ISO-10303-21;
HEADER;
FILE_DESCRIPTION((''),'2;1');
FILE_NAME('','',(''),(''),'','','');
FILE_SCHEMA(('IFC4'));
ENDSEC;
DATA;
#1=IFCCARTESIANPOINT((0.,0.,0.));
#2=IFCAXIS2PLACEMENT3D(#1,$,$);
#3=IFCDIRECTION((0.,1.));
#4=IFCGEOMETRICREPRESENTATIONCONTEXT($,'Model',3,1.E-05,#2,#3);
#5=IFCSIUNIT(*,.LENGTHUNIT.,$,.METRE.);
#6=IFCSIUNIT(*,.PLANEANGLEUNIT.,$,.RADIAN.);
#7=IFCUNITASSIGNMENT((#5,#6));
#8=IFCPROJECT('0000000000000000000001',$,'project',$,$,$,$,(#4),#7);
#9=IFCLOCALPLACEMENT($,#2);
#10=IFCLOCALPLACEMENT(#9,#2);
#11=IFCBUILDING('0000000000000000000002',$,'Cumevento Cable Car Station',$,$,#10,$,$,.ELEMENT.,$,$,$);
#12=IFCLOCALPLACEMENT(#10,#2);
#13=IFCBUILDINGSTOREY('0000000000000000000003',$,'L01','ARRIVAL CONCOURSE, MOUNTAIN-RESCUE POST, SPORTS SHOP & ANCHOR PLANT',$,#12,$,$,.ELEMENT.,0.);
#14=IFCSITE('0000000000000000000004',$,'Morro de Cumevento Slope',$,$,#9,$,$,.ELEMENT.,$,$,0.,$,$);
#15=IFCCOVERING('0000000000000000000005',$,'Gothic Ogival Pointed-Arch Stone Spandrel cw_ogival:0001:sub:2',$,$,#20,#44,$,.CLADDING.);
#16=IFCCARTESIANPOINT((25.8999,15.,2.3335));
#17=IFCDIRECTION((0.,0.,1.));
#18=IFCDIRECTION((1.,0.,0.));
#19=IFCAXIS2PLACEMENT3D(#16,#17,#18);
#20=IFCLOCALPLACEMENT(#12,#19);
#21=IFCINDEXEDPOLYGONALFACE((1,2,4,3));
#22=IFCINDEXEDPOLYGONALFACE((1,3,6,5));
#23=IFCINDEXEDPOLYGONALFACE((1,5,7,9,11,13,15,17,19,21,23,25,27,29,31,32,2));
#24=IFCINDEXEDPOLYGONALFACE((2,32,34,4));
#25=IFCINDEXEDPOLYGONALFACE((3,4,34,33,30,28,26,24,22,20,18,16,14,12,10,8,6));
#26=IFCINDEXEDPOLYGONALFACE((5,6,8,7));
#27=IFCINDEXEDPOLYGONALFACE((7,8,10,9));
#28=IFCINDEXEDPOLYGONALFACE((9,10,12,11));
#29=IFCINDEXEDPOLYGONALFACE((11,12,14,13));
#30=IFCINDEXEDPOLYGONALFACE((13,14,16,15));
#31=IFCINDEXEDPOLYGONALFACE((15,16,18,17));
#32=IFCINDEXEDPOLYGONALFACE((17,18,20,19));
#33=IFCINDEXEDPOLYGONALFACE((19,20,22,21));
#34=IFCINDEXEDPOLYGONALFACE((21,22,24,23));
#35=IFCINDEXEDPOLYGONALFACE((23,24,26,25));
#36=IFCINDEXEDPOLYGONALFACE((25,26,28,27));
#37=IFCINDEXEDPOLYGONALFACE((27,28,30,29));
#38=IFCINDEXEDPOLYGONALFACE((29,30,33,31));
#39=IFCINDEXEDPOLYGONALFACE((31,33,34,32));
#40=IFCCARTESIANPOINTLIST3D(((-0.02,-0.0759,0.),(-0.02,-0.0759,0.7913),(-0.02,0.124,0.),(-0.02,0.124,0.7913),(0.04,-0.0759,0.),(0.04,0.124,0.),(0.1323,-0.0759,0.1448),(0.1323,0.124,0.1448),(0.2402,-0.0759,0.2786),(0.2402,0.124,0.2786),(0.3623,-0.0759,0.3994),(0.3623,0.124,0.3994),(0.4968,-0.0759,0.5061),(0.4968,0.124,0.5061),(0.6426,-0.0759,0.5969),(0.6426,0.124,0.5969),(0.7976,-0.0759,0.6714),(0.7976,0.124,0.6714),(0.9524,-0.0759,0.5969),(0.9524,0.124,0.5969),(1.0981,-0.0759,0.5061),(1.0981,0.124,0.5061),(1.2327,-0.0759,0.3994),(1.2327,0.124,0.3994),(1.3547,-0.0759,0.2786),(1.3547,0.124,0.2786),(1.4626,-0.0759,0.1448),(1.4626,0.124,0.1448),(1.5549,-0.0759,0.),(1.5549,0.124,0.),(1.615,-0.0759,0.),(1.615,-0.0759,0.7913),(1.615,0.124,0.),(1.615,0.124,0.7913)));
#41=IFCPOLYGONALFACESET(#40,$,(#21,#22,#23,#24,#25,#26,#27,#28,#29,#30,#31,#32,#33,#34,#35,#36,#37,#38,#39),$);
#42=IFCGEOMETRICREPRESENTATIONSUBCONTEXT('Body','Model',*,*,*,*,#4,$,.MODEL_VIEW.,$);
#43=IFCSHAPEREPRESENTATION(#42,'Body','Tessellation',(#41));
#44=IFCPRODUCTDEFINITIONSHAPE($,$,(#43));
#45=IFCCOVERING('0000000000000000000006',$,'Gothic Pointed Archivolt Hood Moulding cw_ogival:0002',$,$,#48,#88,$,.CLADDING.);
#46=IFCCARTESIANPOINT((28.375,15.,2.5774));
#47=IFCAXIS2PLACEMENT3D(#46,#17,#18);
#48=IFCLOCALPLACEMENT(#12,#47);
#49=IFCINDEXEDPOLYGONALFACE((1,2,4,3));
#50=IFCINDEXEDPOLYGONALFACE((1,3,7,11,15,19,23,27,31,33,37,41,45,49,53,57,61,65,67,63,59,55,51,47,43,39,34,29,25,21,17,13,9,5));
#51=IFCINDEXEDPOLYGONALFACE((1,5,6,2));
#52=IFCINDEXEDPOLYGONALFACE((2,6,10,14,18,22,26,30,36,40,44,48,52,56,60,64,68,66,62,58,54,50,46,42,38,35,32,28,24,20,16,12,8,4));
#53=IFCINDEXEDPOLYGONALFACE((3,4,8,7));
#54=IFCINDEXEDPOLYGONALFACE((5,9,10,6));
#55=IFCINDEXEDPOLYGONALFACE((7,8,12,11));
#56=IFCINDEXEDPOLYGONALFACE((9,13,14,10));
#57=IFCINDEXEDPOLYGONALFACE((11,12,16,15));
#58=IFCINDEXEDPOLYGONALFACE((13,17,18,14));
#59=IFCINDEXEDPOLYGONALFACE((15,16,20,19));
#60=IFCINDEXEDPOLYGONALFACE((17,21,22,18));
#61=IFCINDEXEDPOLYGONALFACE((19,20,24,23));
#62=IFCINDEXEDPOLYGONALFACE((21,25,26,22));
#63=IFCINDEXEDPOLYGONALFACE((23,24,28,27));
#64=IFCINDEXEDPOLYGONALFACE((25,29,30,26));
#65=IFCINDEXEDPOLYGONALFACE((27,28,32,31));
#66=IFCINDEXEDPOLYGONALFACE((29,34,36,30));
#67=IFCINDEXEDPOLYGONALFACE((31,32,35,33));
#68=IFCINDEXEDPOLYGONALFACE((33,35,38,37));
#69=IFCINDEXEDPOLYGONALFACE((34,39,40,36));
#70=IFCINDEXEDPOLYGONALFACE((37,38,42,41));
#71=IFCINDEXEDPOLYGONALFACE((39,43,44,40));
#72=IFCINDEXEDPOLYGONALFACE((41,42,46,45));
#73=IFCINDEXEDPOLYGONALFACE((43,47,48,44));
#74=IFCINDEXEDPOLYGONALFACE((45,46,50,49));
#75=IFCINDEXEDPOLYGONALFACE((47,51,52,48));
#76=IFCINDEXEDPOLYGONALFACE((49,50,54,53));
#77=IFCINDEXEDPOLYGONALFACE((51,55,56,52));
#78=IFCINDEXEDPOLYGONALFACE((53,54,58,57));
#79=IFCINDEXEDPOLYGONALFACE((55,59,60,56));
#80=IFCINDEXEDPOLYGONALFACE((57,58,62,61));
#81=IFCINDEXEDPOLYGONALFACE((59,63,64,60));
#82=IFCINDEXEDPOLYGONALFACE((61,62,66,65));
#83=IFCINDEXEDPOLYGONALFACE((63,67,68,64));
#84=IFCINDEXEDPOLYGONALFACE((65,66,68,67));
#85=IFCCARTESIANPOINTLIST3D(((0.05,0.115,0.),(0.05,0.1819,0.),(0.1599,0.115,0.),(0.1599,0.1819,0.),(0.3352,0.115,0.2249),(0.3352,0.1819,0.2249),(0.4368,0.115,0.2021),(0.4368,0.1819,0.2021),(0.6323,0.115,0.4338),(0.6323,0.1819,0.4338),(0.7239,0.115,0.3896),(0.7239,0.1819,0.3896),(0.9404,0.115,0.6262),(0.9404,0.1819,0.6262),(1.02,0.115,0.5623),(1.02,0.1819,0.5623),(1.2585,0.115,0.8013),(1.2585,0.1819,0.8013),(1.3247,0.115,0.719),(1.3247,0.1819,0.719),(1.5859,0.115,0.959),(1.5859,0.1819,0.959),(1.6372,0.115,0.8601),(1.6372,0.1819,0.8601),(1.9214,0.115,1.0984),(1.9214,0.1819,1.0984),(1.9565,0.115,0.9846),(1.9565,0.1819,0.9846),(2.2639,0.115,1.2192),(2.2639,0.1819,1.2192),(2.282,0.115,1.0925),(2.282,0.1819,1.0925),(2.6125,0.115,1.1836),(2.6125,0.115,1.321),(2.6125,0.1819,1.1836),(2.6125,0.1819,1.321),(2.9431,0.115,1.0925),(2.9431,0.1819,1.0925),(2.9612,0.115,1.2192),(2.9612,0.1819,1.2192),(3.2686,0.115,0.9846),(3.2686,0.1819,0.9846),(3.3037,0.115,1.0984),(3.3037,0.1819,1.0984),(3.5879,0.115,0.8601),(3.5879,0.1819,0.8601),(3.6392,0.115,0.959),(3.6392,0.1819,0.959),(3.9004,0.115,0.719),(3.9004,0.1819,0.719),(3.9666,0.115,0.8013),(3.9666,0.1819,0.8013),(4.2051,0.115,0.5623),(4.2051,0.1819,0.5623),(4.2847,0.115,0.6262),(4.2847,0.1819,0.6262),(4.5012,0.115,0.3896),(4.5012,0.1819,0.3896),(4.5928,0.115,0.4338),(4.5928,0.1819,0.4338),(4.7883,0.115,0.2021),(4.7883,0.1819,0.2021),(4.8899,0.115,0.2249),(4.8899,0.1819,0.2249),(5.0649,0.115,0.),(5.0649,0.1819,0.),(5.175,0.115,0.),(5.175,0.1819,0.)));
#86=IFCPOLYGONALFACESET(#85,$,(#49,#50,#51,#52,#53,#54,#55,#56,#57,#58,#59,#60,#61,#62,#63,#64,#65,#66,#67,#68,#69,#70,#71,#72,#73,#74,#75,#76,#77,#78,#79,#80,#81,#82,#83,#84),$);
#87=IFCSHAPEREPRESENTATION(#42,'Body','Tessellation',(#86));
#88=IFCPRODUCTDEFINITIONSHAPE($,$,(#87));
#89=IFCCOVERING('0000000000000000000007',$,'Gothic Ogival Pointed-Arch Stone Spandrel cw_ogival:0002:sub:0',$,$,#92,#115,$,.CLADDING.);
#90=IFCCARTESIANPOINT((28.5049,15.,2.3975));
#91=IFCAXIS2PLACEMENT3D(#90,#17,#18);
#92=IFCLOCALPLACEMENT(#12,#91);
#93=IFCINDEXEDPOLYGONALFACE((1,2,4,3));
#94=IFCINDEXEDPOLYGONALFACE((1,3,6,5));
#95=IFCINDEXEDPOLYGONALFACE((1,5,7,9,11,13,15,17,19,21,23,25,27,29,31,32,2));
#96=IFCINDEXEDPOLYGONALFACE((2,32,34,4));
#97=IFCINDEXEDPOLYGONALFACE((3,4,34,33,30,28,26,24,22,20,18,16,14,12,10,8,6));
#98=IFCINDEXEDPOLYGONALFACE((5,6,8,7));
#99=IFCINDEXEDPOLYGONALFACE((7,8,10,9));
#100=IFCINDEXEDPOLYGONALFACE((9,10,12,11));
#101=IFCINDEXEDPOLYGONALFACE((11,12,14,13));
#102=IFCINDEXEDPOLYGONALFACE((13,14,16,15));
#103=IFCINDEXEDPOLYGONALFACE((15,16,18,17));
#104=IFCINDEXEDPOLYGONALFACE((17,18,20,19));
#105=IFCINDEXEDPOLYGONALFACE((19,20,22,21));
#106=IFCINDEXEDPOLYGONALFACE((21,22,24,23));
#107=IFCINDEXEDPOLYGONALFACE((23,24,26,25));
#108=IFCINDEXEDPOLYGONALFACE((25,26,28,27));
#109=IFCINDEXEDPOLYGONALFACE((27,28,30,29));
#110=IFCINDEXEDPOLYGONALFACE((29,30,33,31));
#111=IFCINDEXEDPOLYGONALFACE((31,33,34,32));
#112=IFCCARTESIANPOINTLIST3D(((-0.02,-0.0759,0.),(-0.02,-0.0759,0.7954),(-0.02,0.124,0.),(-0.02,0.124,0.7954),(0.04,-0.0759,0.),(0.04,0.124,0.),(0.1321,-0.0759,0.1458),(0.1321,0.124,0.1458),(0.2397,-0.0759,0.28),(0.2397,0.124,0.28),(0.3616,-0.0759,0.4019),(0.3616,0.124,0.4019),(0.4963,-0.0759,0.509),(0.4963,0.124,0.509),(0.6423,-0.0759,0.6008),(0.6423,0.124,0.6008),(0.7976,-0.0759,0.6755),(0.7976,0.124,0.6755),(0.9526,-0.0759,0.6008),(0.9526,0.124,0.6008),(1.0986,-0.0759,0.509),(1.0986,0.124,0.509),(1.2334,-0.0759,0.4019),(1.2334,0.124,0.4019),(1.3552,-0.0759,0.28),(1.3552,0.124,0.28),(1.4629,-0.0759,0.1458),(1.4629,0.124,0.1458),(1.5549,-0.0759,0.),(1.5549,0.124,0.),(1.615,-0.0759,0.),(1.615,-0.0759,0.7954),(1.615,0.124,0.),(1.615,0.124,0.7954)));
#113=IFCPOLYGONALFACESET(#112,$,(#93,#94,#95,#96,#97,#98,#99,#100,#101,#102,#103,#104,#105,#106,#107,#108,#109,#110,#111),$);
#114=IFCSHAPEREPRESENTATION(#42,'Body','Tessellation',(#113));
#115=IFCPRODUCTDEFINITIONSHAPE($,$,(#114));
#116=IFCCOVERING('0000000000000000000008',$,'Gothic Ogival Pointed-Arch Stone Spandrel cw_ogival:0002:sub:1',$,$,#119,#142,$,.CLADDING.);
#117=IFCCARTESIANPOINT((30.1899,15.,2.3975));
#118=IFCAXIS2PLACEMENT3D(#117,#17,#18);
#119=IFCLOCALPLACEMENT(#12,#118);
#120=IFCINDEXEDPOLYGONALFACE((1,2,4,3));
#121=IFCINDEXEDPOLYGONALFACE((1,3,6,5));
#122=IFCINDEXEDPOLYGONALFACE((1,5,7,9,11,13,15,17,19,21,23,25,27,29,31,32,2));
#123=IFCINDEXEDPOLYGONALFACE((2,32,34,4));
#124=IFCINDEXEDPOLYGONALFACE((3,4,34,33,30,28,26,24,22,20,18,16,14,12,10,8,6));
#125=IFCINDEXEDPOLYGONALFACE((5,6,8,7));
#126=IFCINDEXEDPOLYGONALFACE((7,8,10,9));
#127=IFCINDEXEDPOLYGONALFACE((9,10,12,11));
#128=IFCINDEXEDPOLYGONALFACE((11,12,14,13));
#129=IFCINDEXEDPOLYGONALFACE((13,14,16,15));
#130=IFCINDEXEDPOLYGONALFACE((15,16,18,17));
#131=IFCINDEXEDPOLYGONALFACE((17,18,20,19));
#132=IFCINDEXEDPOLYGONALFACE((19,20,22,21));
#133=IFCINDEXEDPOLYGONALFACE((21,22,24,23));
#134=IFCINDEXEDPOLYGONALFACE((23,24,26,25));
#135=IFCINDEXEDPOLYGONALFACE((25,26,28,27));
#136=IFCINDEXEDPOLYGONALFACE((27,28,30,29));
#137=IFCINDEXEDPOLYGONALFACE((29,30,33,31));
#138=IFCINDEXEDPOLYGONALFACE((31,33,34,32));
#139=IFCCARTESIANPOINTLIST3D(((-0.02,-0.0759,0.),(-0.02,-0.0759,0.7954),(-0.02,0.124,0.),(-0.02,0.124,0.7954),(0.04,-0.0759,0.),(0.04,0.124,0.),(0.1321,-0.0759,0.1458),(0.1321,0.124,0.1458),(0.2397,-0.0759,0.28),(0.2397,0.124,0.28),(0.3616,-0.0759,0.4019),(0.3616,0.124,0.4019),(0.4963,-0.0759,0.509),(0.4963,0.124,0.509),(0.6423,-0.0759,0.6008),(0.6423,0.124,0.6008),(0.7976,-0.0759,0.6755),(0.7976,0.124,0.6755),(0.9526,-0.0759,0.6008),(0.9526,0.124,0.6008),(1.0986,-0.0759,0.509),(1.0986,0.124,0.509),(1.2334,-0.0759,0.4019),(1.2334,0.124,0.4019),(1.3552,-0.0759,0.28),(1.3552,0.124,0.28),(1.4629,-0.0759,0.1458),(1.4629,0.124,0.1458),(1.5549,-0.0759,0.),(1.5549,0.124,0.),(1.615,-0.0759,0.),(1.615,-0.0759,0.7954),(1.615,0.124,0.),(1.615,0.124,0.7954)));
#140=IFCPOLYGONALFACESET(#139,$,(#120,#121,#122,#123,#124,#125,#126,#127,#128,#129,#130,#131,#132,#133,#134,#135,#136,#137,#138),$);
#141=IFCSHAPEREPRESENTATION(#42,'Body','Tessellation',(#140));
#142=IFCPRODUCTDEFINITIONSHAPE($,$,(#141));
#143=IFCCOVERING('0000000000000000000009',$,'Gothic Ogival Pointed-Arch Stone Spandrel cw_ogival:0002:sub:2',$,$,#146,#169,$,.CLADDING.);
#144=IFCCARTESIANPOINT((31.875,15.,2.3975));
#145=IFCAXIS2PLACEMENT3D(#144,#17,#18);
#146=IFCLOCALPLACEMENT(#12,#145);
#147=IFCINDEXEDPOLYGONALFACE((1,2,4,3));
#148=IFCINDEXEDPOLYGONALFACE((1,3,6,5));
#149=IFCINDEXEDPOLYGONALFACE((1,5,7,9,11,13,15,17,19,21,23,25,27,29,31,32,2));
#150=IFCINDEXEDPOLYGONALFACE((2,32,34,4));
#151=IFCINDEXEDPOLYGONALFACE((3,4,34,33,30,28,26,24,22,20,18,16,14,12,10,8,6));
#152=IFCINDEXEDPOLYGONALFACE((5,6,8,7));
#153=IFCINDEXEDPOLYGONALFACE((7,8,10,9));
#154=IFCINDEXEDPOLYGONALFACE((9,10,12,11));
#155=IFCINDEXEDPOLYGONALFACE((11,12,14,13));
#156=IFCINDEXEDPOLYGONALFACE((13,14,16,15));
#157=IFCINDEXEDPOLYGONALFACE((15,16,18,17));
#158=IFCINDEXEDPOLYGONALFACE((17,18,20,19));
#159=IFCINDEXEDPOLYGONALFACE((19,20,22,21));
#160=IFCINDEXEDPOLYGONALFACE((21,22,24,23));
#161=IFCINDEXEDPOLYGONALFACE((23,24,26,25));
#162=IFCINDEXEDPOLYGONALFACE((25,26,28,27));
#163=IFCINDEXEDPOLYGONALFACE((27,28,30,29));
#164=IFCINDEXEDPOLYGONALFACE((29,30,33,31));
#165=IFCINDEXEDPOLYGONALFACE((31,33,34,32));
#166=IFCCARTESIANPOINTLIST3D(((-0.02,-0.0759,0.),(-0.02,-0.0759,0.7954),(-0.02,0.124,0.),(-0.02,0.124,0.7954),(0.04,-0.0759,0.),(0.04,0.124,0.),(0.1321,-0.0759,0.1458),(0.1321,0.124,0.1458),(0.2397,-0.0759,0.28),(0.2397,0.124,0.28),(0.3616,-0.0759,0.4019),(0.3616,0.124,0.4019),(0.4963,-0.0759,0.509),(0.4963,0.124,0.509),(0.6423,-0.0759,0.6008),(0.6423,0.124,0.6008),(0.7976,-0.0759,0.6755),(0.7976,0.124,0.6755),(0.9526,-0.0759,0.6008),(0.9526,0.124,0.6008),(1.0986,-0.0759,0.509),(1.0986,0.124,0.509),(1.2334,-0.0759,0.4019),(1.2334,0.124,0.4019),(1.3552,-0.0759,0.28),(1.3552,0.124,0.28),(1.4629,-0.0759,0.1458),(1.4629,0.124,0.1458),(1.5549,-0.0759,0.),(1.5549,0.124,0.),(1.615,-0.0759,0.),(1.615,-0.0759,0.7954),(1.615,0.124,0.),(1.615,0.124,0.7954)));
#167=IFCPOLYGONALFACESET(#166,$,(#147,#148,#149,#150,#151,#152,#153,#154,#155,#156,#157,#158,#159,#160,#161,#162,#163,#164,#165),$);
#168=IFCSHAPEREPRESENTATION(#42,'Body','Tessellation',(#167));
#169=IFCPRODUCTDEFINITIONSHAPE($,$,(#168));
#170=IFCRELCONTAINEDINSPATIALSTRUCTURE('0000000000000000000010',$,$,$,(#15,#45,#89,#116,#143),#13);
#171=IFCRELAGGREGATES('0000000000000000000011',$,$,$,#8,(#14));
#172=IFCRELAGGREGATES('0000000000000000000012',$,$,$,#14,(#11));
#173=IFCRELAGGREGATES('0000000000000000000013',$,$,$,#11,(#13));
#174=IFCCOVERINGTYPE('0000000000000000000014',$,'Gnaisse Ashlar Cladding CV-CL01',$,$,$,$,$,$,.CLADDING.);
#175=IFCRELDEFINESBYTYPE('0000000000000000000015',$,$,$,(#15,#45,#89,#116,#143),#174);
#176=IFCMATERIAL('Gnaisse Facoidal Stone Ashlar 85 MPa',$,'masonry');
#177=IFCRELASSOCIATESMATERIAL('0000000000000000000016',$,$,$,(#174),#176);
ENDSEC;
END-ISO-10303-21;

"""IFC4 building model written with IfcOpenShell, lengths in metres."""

from ifc_helpers import new_model, si_unit, direction, frame, origin, place, context, subcontext, project, spatial, polyline, outline, extrude, material, type_object, element, save


model = new_model("IFC4")

# Units and contexts
model_context = context("Model", 3, precision=1e-05, world=origin(), true_north=direction((0.0, 1.0)))
body_context = subcontext(model_context, "Body", "Model", "MODEL_VIEW")
ifc_project = project(units=[si_unit("LENGTHUNIT", "METRE"), si_unit("PLANEANGLEUNIT", "RADIAN")], contexts=[model_context])

# Site, building, storey
site_placement = place(None, origin())
site = spatial("IfcSite", under=ifc_project, at=site_placement, Name="Morro de Cumevento Slope", CompositionType="ELEMENT", RefElevation=0.0)
building_placement = place(site_placement, origin())
building = spatial("IfcBuilding", under=site, at=building_placement, Name="Cumevento Cable Car Station", CompositionType="ELEMENT")
storey_placement = place(building_placement, origin())
storey = spatial("IfcBuildingStorey", under=building, at=storey_placement, Name="L01", Description="ARRIVAL CONCOURSE, MOUNTAIN-RESCUE POST, SPORTS SHOP & ANCHOR PLANT", CompositionType="ELEMENT", Elevation=0.0)

# Coverings
ifc_material_1 = material(Name="Gnaisse Facoidal Stone Ashlar 85 MPa", Category="masonry")
covering_type = type_object("IfcCoveringType", Name="Gnaisse Ashlar Cladding CV-CL01", PredefinedType="CLADDING", material=ifc_material_1)
covering_1_placement = place(storey_placement, frame((25.8999, 15.0, 2.3335), z_axis=(0.0, 0.0, 1.0), x_axis=(1.0, 0.0, 0.0)))
element("IfcCovering", 1, at=covering_1_placement, inside=storey, type_object=covering_type, Name="Gothic Ogival Pointed-Arch Stone Spandrel cw_ogival:0001:sub:2", PredefinedType="CLADDING", context=body_context, shape_type="SweptSolid", body=[
    extrude(outline(polyline([(-0.02, 0.0), (-0.02, 0.7913), (1.615, 0.7913), (1.615, 0.0), (1.5549, 0.0), (1.4626, 0.1448), (1.3547, 0.2786), (1.2327, 0.3994), (1.0981, 0.5061), (0.9524, 0.5969), (0.7976, 0.6714), (0.6426, 0.5969), (0.4968, 0.5061), (0.3623, 0.3994), (0.2402, 0.2786), (0.1323, 0.1448), (0.04, 0.0), (-0.02, 0.0)])), frame((0.0, 0.124, 0.0), z_axis=(0.0, -1.0, 0.0), x_axis=(1.0, 0.0, 0.0)), (0.0, 0.0, 1.0), 0.2),
])
covering_2_placement = place(storey_placement, frame((28.375, 15.0, 2.5774), z_axis=(0.0, 0.0, 1.0), x_axis=(1.0, 0.0, 0.0)))
element("IfcCovering", 2, at=covering_2_placement, inside=storey, type_object=covering_type, Name="Gothic Pointed Archivolt Hood Moulding cw_ogival:0002", PredefinedType="CLADDING", context=body_context, shape_type="SweptSolid", body=[
    extrude(outline(polyline([(0.1599, 0.0), (0.4368, 0.2021), (0.7239, 0.3896), (1.02, 0.5623), (1.3247, 0.719), (1.6372, 0.8601), (1.9565, 0.9846), (2.282, 1.0925), (2.6125, 1.1836), (2.9431, 1.0925), (3.2686, 0.9846), (3.5879, 0.8601), (3.9004, 0.719), (4.2051, 0.5623), (4.5012, 0.3896), (4.7883, 0.2021), (5.0649, 0.0), (5.175, 0.0), (4.8899, 0.2249), (4.5928, 0.4338), (4.2847, 0.6262), (3.9666, 0.8013), (3.6392, 0.959), (3.3037, 1.0984), (2.9612, 1.2192), (2.6125, 1.321), (2.2639, 1.2192), (1.9214, 1.0984), (1.5859, 0.959), (1.2585, 0.8013), (0.9404, 0.6262), (0.6323, 0.4338), (0.3352, 0.2249), (0.05, 0.0), (0.1599, 0.0)])), frame((0.0, 0.1819, 0.0), z_axis=(0.0, -1.0, 0.0), x_axis=(1.0, 0.0, 0.0)), (0.0, 0.0, 1.0), 0.0669),
])
for number, where, z_axis, x_axis, name in (
    (3, (28.5049, 15.0, 2.3975), (0.0, 0.0, 1.0), (1.0, 0.0, 0.0), "Gothic Ogival Pointed-Arch Stone Spandrel cw_ogival:0002:sub:0"),
    (4, (30.1899, 15.0, 2.3975), (0.0, 0.0, 1.0), (1.0, 0.0, 0.0), "Gothic Ogival Pointed-Arch Stone Spandrel cw_ogival:0002:sub:1"),
    (5, (31.875, 15.0, 2.3975), (0.0, 0.0, 1.0), (1.0, 0.0, 0.0), "Gothic Ogival Pointed-Arch Stone Spandrel cw_ogival:0002:sub:2"),
):
    element("IfcCovering", number, at=place(storey_placement, frame(where, z_axis=z_axis, x_axis=x_axis)), inside=storey, type_object=covering_type, Name=name, PredefinedType="CLADDING", context=body_context, shape_type="SweptSolid", body=[
        extrude(outline(polyline([(-0.02, 0.0), (-0.02, 0.7954), (1.615, 0.7954), (1.615, 0.0), (1.5549, 0.0), (1.4629, 0.1458), (1.3552, 0.28), (1.2334, 0.4019), (1.0986, 0.509), (0.9526, 0.6008), (0.7976, 0.6755), (0.6423, 0.6008), (0.4963, 0.509), (0.3616, 0.4019), (0.2397, 0.28), (0.1321, 0.1458), (0.04, 0.0), (-0.02, 0.0)])), frame((0.0, 0.124, 0.0), z_axis=(0.0, -1.0, 0.0), x_axis=(1.0, 0.0, 0.0)), (0.0, 0.0, 1.0), 0.2),
    ])

save(model, "model.ifc")
